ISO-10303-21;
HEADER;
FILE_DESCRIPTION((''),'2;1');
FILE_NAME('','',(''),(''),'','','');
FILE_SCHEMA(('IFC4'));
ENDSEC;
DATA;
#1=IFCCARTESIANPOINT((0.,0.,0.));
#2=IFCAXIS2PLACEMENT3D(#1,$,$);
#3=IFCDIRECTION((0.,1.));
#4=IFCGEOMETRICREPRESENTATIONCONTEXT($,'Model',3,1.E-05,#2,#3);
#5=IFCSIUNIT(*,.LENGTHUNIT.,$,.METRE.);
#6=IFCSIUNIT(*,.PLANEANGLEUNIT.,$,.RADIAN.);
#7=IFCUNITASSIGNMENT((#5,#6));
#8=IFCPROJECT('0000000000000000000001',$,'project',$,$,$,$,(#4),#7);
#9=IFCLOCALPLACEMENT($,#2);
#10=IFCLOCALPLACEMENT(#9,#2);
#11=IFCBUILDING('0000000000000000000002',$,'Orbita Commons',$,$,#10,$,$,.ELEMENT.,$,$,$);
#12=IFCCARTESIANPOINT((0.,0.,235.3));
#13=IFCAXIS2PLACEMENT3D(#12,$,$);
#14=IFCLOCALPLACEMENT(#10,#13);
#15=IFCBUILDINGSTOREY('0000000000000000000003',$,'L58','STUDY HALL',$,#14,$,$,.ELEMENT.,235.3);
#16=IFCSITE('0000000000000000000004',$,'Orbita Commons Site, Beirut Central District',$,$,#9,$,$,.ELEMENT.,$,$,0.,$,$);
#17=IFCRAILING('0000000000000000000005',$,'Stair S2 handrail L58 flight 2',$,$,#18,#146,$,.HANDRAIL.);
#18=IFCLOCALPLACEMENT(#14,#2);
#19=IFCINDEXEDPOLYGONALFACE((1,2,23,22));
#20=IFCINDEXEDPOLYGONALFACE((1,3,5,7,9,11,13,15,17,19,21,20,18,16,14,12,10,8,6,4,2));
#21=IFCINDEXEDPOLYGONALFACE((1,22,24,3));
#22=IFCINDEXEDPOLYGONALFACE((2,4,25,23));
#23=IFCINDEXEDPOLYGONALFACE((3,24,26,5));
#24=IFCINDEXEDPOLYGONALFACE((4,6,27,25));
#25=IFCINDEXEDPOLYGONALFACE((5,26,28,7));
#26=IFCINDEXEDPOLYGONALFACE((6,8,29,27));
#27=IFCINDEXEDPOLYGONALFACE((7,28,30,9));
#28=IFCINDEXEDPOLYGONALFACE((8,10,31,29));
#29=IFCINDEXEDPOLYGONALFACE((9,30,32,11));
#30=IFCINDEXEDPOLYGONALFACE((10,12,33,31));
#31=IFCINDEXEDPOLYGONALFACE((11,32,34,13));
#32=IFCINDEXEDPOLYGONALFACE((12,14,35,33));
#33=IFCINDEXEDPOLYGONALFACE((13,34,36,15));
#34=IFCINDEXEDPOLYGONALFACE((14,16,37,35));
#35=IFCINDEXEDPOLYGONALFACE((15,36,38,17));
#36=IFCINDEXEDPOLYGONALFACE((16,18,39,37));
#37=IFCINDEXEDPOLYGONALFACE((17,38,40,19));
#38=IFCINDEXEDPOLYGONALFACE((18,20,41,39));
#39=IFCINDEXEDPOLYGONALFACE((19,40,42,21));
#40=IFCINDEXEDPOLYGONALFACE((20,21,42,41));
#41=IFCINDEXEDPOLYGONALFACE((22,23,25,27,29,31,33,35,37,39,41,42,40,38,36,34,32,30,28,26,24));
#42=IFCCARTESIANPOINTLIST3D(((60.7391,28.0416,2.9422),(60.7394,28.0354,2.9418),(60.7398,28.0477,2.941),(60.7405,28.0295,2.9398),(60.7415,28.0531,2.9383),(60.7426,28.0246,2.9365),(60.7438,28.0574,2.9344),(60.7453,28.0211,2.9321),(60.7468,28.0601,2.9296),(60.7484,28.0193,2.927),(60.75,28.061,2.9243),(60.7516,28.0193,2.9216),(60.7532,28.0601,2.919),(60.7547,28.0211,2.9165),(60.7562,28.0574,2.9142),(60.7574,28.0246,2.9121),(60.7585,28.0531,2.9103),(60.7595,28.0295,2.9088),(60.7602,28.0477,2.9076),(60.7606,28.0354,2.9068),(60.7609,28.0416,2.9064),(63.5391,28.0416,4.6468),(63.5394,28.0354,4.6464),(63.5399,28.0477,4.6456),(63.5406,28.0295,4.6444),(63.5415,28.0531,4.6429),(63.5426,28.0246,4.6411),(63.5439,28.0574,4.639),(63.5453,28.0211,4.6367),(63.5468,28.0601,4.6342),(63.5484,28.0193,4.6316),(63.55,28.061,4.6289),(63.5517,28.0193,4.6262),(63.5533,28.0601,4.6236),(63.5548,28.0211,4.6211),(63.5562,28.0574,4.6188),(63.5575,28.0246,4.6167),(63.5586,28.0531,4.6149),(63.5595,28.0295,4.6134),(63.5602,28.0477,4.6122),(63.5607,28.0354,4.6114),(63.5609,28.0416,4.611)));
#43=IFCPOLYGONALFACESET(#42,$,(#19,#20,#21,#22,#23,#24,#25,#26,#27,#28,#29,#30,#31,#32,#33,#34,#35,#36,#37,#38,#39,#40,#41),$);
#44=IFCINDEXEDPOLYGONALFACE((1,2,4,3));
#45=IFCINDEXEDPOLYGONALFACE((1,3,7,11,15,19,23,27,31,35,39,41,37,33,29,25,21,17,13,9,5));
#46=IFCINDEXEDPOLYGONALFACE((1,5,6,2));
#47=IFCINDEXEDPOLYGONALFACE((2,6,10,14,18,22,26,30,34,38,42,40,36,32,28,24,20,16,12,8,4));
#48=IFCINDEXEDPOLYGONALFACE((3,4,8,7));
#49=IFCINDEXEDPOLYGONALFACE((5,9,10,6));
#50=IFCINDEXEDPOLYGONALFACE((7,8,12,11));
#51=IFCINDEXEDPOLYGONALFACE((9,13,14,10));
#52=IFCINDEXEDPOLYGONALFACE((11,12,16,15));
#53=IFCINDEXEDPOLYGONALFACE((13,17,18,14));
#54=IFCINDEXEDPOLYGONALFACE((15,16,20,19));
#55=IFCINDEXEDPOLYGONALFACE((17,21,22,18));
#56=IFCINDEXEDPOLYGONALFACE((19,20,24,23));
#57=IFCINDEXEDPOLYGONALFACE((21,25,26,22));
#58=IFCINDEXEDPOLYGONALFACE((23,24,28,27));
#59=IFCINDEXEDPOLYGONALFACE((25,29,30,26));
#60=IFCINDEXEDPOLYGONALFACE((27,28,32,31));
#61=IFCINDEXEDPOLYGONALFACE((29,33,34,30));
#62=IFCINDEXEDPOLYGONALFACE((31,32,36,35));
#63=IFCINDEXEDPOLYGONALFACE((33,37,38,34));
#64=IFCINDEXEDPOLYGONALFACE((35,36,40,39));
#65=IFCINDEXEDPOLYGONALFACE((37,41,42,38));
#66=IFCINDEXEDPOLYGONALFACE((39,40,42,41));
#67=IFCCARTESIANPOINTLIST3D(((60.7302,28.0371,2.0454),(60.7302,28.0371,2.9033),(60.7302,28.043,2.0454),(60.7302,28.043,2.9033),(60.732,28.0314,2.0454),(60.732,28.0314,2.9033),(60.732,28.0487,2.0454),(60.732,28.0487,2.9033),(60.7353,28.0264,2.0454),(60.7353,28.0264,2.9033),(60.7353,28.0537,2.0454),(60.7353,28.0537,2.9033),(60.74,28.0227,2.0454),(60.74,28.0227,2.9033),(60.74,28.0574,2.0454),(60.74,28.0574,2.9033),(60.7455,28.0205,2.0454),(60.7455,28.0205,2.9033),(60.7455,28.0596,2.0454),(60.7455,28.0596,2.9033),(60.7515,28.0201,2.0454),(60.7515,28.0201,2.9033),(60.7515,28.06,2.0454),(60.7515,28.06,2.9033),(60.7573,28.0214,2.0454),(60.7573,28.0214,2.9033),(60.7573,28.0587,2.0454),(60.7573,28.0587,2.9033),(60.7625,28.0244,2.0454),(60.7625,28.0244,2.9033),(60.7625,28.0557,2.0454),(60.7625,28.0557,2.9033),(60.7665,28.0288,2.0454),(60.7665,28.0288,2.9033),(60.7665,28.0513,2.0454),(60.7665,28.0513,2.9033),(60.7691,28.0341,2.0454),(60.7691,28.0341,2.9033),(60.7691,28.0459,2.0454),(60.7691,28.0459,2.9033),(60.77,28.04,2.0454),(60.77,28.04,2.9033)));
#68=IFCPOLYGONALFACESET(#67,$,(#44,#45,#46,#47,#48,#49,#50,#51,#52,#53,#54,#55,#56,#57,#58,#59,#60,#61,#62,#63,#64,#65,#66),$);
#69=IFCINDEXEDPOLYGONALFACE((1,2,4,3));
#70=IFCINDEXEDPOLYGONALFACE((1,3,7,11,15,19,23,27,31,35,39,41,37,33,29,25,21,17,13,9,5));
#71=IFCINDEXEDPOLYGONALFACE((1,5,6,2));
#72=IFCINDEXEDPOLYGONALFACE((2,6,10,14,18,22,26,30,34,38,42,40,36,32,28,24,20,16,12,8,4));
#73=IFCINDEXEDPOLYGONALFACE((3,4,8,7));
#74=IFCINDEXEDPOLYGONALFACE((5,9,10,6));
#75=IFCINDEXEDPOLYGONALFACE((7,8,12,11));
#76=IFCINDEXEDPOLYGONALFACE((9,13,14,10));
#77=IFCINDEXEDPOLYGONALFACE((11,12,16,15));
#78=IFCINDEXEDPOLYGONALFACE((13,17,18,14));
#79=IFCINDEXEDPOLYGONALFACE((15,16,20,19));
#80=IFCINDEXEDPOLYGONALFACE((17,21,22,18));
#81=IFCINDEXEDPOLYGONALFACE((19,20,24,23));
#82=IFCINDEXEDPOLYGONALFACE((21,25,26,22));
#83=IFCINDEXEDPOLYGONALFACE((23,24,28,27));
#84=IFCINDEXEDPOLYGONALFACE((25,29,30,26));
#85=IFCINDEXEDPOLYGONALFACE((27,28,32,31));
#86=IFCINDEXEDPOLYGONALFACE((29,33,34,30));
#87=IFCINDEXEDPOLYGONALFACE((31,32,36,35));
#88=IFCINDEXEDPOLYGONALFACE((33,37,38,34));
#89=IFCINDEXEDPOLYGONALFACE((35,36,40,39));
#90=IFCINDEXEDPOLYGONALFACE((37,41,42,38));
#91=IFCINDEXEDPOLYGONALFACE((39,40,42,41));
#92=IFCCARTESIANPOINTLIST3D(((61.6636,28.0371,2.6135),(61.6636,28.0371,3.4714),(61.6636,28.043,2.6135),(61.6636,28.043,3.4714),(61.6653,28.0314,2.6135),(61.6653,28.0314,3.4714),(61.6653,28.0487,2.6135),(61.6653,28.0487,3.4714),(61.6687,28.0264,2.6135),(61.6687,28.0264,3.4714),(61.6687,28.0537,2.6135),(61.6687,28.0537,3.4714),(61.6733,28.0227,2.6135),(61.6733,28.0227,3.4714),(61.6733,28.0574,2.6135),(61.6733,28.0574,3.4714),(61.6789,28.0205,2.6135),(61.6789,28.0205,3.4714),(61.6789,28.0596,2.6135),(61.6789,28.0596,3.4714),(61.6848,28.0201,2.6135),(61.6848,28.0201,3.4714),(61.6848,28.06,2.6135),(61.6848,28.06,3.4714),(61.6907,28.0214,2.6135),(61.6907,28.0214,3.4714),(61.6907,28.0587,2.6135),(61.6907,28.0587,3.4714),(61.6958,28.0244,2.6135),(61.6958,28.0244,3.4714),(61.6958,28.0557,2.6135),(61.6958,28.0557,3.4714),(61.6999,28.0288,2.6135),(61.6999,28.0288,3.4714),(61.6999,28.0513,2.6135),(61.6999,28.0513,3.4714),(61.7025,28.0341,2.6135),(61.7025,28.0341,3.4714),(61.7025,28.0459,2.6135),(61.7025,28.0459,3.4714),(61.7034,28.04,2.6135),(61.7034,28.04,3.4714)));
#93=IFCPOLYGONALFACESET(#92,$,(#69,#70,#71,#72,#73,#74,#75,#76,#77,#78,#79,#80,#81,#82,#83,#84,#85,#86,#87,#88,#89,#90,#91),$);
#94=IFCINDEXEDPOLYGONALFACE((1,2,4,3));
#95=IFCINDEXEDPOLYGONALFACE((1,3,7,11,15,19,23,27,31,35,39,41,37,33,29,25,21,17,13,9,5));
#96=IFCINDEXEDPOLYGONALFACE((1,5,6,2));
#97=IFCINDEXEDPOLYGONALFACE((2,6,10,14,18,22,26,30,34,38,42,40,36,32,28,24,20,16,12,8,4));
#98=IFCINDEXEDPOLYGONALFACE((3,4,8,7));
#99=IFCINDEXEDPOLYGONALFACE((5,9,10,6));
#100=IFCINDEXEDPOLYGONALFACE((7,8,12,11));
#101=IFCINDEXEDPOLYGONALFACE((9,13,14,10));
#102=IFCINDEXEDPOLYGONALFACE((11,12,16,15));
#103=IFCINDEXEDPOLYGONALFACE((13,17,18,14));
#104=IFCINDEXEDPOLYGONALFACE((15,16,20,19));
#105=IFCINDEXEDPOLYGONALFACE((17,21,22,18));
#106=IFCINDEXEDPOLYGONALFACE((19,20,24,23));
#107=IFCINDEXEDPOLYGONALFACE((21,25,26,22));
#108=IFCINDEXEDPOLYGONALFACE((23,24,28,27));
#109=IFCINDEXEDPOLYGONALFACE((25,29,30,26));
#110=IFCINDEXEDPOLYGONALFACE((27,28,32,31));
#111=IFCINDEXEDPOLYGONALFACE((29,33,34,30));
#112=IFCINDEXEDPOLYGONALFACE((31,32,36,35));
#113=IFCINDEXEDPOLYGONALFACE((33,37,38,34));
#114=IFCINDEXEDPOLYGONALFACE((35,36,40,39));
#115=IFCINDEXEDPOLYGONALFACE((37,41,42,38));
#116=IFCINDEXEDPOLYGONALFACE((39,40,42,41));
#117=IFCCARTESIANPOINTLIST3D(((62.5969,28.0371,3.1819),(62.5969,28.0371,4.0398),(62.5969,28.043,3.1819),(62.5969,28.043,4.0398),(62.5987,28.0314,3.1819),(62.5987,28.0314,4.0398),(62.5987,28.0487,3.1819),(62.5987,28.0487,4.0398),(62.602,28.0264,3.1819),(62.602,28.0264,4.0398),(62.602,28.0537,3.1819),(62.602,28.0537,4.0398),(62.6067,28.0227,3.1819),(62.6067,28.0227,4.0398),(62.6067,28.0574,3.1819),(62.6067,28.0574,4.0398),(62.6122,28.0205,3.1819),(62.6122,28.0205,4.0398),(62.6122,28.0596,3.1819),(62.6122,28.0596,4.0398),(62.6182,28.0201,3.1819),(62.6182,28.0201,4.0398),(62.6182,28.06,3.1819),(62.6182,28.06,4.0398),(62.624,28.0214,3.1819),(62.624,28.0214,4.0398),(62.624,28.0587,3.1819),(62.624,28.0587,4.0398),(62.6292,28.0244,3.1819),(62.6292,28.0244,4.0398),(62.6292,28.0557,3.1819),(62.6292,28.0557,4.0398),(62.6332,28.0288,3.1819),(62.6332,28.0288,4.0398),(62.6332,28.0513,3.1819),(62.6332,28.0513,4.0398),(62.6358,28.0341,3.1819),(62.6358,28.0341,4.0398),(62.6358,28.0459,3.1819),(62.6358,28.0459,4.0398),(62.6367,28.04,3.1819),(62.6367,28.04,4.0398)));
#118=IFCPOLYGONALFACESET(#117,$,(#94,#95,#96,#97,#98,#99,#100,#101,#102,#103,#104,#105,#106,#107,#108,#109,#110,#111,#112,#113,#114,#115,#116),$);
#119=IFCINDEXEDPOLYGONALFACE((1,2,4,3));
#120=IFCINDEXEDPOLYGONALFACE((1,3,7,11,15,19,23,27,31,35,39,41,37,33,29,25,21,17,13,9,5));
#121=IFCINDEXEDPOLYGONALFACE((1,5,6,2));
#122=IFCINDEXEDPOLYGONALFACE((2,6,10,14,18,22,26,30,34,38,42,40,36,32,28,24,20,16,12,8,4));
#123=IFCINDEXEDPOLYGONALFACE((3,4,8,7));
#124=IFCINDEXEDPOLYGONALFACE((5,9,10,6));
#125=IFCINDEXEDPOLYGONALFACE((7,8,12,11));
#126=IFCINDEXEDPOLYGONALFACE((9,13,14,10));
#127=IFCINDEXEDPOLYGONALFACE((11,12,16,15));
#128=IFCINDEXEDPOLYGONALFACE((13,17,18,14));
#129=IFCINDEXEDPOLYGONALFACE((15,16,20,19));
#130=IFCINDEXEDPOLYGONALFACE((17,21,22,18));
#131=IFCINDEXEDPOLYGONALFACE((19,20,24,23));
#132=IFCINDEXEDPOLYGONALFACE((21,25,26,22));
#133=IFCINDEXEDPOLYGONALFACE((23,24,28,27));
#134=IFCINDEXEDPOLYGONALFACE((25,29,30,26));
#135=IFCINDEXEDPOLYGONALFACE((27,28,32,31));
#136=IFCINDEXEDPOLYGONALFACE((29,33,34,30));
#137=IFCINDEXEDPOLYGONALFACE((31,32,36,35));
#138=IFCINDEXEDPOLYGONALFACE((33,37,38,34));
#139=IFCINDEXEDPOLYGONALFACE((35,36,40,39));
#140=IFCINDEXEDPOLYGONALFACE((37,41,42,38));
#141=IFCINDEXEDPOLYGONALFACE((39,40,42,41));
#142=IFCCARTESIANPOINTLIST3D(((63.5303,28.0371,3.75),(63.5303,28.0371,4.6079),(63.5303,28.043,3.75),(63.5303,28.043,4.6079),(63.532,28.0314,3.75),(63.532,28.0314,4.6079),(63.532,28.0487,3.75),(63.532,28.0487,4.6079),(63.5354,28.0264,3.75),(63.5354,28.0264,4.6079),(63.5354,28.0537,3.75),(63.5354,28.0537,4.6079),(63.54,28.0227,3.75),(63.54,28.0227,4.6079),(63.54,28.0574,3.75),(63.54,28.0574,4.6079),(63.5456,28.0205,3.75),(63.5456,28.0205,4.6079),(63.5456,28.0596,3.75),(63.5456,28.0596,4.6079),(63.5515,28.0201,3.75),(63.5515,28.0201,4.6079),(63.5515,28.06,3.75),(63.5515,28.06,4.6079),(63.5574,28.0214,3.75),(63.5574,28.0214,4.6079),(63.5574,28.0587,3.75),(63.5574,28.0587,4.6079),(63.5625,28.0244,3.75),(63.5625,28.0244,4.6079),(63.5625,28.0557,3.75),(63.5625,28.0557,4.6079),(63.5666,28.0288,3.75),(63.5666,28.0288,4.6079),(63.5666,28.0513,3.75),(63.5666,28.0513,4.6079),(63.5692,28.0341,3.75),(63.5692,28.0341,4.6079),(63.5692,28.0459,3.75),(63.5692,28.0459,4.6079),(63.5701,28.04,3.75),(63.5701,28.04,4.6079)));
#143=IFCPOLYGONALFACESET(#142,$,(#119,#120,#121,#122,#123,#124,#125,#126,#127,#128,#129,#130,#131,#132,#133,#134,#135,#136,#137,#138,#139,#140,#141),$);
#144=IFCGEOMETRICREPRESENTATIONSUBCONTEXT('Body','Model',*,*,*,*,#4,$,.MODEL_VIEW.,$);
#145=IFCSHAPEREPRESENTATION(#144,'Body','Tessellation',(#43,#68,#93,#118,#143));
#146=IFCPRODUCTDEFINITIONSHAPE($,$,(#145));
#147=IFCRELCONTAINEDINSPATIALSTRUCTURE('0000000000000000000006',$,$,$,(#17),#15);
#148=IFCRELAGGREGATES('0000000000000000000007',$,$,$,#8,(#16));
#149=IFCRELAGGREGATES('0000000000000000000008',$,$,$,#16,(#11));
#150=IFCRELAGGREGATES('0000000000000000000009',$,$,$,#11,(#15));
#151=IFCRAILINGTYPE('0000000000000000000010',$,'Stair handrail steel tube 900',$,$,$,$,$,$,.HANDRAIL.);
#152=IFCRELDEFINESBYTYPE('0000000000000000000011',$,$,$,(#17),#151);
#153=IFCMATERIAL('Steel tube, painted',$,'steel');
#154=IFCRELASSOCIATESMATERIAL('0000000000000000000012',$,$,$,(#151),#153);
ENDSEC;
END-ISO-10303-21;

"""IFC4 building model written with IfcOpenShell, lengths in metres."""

from ifc_helpers import new_model, si_unit, direction, frame, origin, origin_2d, place, context, subcontext, project, spatial, circle, extrude, material, type_object, element, save


model = new_model("IFC4")

# Units and contexts
model_context = context("Model", 3, precision=1e-05, world=origin(), true_north=direction((0.0, 1.0)))
body_context = subcontext(model_context, "Body", "Model", "MODEL_VIEW")
ifc_project = project(units=[si_unit("LENGTHUNIT", "METRE"), si_unit("PLANEANGLEUNIT", "RADIAN")], contexts=[model_context])

# Site, building, storey
site_placement = place(None, origin())
site = spatial("IfcSite", under=ifc_project, at=site_placement, Name="Orbita Commons Site, Beirut Central District", CompositionType="ELEMENT", RefElevation=0.0)
building_placement = place(site_placement, origin())
building = spatial("IfcBuilding", under=site, at=building_placement, Name="Orbita Commons", CompositionType="ELEMENT")
storey_placement = place(building_placement, frame((0.0, 0.0, 235.3)))
storey = spatial("IfcBuildingStorey", under=building, at=storey_placement, Name="L58", Description="STUDY HALL", CompositionType="ELEMENT", Elevation=235.3)

# Railing
ifc_material_1 = material(Name="Steel tube, painted", Category="steel")
railing_type = type_object("IfcRailingType", Name="Stair handrail steel tube 900", PredefinedType="HANDRAIL", material=ifc_material_1)
for number, where, name in (
    (1, (60.75, 28.04, 2.0454), "Stair S2 handrail L58 flight 2"),
):
    element("IfcRailing", number, at=place(storey_placement, frame(where)), inside=storey, type_object=railing_type, Name=name, PredefinedType="HANDRAIL", context=body_context, shape_type="SweptSolid", body=[
        extrude(circle(Radius=0.021, at=origin_2d()), frame((0.0, 0.0, 0.8789), z_axis=(0.85417, 0.0, 0.519994), x_axis=(0.0, 1.0, 0.0)), (0.0, 0.0, 1.0), 3.2781),
        extrude(circle(Radius=0.02, at=origin_2d()), origin(), (0.0, 0.0, 1.0), 0.8579),
        extrude(circle(Radius=0.02, at=origin_2d()), frame((0.9333, 0.0, 0.5681)), (0.0, 0.0, 1.0), 0.8579),
        extrude(circle(Radius=0.02, at=origin_2d()), frame((1.8667, 0.0, 1.1365)), (0.0, 0.0, 1.0), 0.8579),
        extrude(circle(Radius=0.02, at=origin_2d()), frame((2.8, 0.0, 1.7046)), (0.0, 0.0, 1.0), 0.8579),
    ])

save(model, "model.ifc")
